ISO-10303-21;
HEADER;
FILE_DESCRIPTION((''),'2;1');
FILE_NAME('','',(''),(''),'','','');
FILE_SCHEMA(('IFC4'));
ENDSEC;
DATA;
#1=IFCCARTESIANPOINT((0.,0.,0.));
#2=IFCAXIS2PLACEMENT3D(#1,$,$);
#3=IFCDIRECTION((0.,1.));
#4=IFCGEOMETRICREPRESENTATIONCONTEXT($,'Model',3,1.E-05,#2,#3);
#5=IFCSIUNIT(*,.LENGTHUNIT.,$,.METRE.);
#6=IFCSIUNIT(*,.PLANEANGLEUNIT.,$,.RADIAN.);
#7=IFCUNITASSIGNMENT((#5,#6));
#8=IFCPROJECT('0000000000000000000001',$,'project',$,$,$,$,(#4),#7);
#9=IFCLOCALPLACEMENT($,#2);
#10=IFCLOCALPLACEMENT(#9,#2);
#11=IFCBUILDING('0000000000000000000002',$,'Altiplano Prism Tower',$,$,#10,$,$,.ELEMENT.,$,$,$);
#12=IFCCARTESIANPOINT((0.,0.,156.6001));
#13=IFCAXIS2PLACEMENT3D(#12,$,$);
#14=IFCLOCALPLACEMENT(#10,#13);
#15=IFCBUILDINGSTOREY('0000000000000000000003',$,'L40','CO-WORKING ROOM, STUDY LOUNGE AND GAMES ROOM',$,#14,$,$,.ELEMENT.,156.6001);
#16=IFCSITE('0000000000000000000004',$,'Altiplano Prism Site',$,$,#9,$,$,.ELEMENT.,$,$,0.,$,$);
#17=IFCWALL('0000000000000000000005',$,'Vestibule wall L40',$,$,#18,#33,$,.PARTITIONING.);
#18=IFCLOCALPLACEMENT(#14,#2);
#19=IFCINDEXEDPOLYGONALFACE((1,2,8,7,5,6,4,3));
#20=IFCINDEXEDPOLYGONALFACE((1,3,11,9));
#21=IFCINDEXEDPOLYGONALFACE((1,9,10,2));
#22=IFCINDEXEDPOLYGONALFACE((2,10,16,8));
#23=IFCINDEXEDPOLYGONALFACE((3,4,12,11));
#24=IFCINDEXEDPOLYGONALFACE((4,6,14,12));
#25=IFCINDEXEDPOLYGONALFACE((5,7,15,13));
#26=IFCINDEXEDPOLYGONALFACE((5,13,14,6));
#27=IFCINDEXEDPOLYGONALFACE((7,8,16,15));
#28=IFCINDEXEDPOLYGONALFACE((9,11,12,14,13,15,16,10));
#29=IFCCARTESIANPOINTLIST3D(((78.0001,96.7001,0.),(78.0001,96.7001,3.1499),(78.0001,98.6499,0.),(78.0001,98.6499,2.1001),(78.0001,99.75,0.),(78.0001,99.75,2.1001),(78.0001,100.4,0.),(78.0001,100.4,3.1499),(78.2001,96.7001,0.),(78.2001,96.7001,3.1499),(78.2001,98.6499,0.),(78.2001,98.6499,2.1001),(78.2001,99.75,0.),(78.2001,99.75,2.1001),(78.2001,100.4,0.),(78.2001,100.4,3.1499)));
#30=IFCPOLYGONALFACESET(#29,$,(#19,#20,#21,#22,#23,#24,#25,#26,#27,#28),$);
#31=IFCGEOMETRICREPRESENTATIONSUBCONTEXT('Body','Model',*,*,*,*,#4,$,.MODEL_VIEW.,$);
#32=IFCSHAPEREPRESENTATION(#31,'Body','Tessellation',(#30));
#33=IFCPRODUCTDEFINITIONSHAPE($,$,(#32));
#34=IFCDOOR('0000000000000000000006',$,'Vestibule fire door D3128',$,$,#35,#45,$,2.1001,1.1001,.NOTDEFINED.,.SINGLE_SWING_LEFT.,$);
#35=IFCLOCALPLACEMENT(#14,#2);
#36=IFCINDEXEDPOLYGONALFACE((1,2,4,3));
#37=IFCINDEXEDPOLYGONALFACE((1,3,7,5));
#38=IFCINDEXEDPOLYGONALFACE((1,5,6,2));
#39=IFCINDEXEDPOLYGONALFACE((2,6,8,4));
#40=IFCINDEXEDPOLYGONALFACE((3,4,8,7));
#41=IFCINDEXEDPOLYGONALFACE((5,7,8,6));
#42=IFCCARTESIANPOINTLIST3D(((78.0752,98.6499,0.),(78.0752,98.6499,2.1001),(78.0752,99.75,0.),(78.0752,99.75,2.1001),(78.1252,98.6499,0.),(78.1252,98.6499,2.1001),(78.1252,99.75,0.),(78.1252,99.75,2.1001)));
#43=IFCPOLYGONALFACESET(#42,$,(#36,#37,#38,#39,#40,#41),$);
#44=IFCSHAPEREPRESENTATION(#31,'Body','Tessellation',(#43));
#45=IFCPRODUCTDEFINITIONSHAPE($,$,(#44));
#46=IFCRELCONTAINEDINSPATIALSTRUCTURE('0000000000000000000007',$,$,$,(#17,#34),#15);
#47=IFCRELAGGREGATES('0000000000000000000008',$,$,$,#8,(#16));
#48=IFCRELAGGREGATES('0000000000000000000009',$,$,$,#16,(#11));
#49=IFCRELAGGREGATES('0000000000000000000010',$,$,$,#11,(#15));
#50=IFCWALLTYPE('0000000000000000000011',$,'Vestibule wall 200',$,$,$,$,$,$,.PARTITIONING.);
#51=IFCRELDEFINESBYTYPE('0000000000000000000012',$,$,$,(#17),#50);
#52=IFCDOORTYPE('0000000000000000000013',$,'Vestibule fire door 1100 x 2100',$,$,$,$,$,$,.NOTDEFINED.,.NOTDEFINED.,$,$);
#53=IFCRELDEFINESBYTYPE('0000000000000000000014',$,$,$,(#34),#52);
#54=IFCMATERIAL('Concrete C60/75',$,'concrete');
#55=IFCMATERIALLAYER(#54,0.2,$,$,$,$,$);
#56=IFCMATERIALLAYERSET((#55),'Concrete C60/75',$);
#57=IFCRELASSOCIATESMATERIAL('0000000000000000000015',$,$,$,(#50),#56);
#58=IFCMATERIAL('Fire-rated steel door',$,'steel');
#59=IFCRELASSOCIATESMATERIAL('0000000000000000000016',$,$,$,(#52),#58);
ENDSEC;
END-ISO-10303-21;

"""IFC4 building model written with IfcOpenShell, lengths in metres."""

from ifc_helpers import new_model, si_unit, direction, frame, frame_2d, origin, place, context, subcontext, project, spatial, rectangle, extrude, material, layer, layer_set, type_object, element, fill, save


model = new_model("IFC4")

# Units and contexts
model_context = context("Model", 3, precision=1e-05, world=origin(), true_north=direction((0.0, 1.0)))
body_context = subcontext(model_context, "Body", "Model", "MODEL_VIEW")
ifc_project = project(units=[si_unit("LENGTHUNIT", "METRE"), si_unit("PLANEANGLEUNIT", "RADIAN")], contexts=[model_context])

# Site, building, storey
site_placement = place(None, origin())
site = spatial("IfcSite", under=ifc_project, at=site_placement, Name="Altiplano Prism Site", CompositionType="ELEMENT", RefElevation=0.0)
building_placement = place(site_placement, origin())
building = spatial("IfcBuilding", under=site, at=building_placement, Name="Altiplano Prism Tower", CompositionType="ELEMENT")
storey_placement = place(building_placement, frame((0.0, 0.0, 156.6001)))
storey = spatial("IfcBuildingStorey", under=building, at=storey_placement, Name="L40", Description="CO-WORKING ROOM, STUDY LOUNGE AND GAMES ROOM", CompositionType="ELEMENT", Elevation=156.6001)

# Shared definitions
ifc_material_1 = material(Name="Concrete C60/75", Category="concrete")

# Shared definitions
ifc_material_2 = material(Name="Fire-rated steel door", Category="steel")

# Shared definitions
ifc_layer_1 = layer(ifc_material_1, 0.2)
ifc_layer_set_1 = layer_set([ifc_layer_1], Name="Concrete C60/75")
wall_type_1 = type_object("IfcWallType", Name="Vestibule wall 200", PredefinedType="PARTITIONING", material=ifc_layer_set_1)

# Wall, opening, door
wall_1_placement = place(storey_placement, frame((78.1001, 96.7, 0.0), z_axis=(0.0, 0.0, 1.0), x_axis=(0.0, 1.0, 0.0)))
wall_1 = element("IfcWall", 1, at=wall_1_placement, inside=storey, type_object=wall_type_1, Name="Vestibule wall L40", PredefinedType="PARTITIONING", context=body_context, shape_type="SweptSolid", body=[
    extrude(rectangle(XDim=3.7, YDim=0.2, at=frame_2d((1.8501, 0.0))), origin(), (0.0, 0.0, 1.0), 3.1499),
])
opening_1_placement = place(wall_1_placement, frame((1.95, 0.0, 0.0)))
opening_1 = element("IfcOpeningElement", 2, at=opening_1_placement, cuts=wall_1, PredefinedType="OPENING", context=body_context, shape_type="SweptSolid", body=[
    extrude(rectangle(XDim=1.1001, YDim=2.1001, at=frame_2d((0.55, 1.05))), frame((0.0, 0.1104, 0.0), z_axis=(0.0, -1.0, 0.0), x_axis=(1.0, 0.0, 0.0)), (0.0, 0.0, 1.0), 0.2209),
])
door_type_1 = type_object("IfcDoorType", Name="Vestibule fire door 1100 x 2100", OperationType="NOTDEFINED", PredefinedType="NOTDEFINED", material=ifc_material_2)
door_1_placement = place(opening_1_placement, origin())
door_1 = element("IfcDoor", 3, at=door_1_placement, inside=storey, type_object=door_type_1, Name="Vestibule fire door D3128", OperationType="SINGLE_SWING_LEFT", OverallHeight=2.1001, OverallWidth=1.1001, PredefinedType="NOTDEFINED", context=body_context, shape_type="SweptSolid", body=[
    extrude(rectangle(XDim=1.1001, YDim=2.1001, at=frame_2d((0.55, 1.05))), frame((0.0, 0.0249, 0.0), z_axis=(0.0, -1.0, 0.0), x_axis=(1.0, 0.0, 0.0)), (0.0, 0.0, 1.0), 0.05),
])
fill(opening_1, door_1)

save(model, "model.ifc")
